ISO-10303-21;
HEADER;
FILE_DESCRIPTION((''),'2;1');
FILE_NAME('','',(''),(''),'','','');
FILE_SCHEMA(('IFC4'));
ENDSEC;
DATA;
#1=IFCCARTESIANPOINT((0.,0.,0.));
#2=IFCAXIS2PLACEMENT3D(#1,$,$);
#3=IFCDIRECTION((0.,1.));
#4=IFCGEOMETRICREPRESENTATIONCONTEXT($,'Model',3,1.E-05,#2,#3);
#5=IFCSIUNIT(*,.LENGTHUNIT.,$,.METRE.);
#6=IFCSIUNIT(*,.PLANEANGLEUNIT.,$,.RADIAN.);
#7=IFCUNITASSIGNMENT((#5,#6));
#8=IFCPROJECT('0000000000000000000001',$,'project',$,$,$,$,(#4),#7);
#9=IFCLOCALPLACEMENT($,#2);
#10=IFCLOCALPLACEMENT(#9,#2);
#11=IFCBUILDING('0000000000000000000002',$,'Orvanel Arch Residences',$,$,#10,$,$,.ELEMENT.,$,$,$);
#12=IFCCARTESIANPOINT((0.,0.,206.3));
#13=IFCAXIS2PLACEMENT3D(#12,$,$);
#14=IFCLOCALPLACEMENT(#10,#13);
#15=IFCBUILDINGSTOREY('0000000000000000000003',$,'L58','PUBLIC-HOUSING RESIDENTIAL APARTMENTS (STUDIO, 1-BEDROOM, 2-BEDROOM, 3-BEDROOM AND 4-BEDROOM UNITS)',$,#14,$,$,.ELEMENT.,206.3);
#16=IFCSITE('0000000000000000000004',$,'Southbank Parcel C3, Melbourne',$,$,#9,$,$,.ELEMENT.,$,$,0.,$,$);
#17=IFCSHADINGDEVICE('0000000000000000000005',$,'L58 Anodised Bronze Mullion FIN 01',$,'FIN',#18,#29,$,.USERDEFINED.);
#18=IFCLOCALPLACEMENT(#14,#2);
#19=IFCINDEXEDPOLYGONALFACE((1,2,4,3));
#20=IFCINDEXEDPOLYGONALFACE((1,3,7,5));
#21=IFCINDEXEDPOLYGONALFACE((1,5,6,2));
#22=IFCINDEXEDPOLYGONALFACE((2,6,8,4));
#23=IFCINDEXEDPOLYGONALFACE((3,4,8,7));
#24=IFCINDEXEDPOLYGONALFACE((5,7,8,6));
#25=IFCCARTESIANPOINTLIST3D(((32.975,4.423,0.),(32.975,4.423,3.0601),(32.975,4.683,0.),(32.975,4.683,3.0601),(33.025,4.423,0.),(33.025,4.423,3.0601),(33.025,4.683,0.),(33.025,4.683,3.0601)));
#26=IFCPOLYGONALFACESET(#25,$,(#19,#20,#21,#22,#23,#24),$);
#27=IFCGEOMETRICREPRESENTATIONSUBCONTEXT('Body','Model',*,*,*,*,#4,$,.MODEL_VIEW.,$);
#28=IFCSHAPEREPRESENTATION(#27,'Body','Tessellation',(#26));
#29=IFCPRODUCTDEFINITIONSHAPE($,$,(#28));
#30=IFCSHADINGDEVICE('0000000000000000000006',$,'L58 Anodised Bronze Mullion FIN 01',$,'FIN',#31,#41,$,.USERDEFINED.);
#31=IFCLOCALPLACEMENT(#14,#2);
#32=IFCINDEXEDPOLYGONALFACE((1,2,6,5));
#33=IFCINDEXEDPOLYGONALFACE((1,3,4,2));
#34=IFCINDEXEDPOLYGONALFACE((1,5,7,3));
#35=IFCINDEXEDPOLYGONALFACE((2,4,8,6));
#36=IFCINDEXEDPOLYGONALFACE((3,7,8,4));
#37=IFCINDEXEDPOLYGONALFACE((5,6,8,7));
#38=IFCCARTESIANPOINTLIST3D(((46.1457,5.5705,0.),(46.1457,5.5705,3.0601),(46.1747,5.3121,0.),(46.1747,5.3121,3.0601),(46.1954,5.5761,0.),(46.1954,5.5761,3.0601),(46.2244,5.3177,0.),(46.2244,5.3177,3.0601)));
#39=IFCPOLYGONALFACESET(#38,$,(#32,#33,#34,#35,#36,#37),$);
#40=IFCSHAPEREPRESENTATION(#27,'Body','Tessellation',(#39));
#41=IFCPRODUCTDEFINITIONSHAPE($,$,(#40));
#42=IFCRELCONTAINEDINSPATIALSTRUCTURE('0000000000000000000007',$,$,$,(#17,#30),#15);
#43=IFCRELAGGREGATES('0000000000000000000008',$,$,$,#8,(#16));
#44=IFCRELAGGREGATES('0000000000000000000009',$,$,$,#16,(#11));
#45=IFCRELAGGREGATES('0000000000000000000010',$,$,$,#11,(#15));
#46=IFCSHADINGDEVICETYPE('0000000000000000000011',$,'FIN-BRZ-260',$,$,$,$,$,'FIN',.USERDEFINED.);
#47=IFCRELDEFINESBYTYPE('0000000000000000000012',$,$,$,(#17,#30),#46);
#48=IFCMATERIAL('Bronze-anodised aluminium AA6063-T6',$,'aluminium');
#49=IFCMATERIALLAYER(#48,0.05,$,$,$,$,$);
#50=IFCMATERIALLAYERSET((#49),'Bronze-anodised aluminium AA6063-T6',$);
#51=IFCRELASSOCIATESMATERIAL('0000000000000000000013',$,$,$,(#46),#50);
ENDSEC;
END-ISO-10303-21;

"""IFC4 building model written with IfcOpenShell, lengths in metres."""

from ifc_helpers import new_model, si_unit, direction, frame, origin, origin_2d, place, context, subcontext, project, spatial, rectangle, extrude, material, layer, layer_set, type_object, element, save


model = new_model("IFC4")

# Units and contexts
model_context = context("Model", 3, precision=1e-05, world=origin(), true_north=direction((0.0, 1.0)))
body_context = subcontext(model_context, "Body", "Model", "MODEL_VIEW")
ifc_project = project(units=[si_unit("LENGTHUNIT", "METRE"), si_unit("PLANEANGLEUNIT", "RADIAN")], contexts=[model_context])

# Site, building, storey
site_placement = place(None, origin())
site = spatial("IfcSite", under=ifc_project, at=site_placement, Name="Southbank Parcel C3, Melbourne", CompositionType="ELEMENT", RefElevation=0.0)
building_placement = place(site_placement, origin())
building = spatial("IfcBuilding", under=site, at=building_placement, Name="Orvanel Arch Residences", CompositionType="ELEMENT")
storey_placement = place(building_placement, frame((0.0, 0.0, 206.3)))
storey = spatial("IfcBuildingStorey", under=building, at=storey_placement, Name="L58", Description="PUBLIC-HOUSING RESIDENTIAL APARTMENTS (STUDIO, 1-BEDROOM, 2-BEDROOM, 3-BEDROOM AND 4-BEDROOM UNITS)", CompositionType="ELEMENT", Elevation=206.3)

# Shared definitions
ifc_material_1 = material(Name="Bronze-anodised aluminium AA6063-T6", Category="aluminium")

# Shading devices
ifc_layer_1 = layer(ifc_material_1, 0.05)
ifc_layer_set_1 = layer_set([ifc_layer_1], Name="Bronze-anodised aluminium AA6063-T6")
shading_device_type = type_object("IfcShadingDeviceType", Name="FIN-BRZ-260", ElementType="FIN", PredefinedType="USERDEFINED", material=ifc_layer_set_1)
for number, where, z_axis, x_axis, name in (
    (1, (33.0, 4.553, 0.0), (0.0, 0.0, 1.0), (0.0, -1.0, 0.0), "L58 Anodised Bronze Mullion FIN 01"),
    (2, (46.1851, 5.4441, 0.0), (0.0, 0.0, 1.0), (0.111469, -0.993768, 0.0), "L58 Anodised Bronze Mullion FIN 01"),
):
    element("IfcShadingDevice", number, at=place(storey_placement, frame(where, z_axis=z_axis, x_axis=x_axis)), inside=storey, type_object=shading_device_type, Name=name, ObjectType="FIN", PredefinedType="USERDEFINED", context=body_context, shape_type="SweptSolid", body=[
        extrude(rectangle(XDim=0.26, YDim=0.05, at=origin_2d()), origin(), (0.0, 0.0, 1.0), 3.0601),
    ])

save(model, "model.ifc")
